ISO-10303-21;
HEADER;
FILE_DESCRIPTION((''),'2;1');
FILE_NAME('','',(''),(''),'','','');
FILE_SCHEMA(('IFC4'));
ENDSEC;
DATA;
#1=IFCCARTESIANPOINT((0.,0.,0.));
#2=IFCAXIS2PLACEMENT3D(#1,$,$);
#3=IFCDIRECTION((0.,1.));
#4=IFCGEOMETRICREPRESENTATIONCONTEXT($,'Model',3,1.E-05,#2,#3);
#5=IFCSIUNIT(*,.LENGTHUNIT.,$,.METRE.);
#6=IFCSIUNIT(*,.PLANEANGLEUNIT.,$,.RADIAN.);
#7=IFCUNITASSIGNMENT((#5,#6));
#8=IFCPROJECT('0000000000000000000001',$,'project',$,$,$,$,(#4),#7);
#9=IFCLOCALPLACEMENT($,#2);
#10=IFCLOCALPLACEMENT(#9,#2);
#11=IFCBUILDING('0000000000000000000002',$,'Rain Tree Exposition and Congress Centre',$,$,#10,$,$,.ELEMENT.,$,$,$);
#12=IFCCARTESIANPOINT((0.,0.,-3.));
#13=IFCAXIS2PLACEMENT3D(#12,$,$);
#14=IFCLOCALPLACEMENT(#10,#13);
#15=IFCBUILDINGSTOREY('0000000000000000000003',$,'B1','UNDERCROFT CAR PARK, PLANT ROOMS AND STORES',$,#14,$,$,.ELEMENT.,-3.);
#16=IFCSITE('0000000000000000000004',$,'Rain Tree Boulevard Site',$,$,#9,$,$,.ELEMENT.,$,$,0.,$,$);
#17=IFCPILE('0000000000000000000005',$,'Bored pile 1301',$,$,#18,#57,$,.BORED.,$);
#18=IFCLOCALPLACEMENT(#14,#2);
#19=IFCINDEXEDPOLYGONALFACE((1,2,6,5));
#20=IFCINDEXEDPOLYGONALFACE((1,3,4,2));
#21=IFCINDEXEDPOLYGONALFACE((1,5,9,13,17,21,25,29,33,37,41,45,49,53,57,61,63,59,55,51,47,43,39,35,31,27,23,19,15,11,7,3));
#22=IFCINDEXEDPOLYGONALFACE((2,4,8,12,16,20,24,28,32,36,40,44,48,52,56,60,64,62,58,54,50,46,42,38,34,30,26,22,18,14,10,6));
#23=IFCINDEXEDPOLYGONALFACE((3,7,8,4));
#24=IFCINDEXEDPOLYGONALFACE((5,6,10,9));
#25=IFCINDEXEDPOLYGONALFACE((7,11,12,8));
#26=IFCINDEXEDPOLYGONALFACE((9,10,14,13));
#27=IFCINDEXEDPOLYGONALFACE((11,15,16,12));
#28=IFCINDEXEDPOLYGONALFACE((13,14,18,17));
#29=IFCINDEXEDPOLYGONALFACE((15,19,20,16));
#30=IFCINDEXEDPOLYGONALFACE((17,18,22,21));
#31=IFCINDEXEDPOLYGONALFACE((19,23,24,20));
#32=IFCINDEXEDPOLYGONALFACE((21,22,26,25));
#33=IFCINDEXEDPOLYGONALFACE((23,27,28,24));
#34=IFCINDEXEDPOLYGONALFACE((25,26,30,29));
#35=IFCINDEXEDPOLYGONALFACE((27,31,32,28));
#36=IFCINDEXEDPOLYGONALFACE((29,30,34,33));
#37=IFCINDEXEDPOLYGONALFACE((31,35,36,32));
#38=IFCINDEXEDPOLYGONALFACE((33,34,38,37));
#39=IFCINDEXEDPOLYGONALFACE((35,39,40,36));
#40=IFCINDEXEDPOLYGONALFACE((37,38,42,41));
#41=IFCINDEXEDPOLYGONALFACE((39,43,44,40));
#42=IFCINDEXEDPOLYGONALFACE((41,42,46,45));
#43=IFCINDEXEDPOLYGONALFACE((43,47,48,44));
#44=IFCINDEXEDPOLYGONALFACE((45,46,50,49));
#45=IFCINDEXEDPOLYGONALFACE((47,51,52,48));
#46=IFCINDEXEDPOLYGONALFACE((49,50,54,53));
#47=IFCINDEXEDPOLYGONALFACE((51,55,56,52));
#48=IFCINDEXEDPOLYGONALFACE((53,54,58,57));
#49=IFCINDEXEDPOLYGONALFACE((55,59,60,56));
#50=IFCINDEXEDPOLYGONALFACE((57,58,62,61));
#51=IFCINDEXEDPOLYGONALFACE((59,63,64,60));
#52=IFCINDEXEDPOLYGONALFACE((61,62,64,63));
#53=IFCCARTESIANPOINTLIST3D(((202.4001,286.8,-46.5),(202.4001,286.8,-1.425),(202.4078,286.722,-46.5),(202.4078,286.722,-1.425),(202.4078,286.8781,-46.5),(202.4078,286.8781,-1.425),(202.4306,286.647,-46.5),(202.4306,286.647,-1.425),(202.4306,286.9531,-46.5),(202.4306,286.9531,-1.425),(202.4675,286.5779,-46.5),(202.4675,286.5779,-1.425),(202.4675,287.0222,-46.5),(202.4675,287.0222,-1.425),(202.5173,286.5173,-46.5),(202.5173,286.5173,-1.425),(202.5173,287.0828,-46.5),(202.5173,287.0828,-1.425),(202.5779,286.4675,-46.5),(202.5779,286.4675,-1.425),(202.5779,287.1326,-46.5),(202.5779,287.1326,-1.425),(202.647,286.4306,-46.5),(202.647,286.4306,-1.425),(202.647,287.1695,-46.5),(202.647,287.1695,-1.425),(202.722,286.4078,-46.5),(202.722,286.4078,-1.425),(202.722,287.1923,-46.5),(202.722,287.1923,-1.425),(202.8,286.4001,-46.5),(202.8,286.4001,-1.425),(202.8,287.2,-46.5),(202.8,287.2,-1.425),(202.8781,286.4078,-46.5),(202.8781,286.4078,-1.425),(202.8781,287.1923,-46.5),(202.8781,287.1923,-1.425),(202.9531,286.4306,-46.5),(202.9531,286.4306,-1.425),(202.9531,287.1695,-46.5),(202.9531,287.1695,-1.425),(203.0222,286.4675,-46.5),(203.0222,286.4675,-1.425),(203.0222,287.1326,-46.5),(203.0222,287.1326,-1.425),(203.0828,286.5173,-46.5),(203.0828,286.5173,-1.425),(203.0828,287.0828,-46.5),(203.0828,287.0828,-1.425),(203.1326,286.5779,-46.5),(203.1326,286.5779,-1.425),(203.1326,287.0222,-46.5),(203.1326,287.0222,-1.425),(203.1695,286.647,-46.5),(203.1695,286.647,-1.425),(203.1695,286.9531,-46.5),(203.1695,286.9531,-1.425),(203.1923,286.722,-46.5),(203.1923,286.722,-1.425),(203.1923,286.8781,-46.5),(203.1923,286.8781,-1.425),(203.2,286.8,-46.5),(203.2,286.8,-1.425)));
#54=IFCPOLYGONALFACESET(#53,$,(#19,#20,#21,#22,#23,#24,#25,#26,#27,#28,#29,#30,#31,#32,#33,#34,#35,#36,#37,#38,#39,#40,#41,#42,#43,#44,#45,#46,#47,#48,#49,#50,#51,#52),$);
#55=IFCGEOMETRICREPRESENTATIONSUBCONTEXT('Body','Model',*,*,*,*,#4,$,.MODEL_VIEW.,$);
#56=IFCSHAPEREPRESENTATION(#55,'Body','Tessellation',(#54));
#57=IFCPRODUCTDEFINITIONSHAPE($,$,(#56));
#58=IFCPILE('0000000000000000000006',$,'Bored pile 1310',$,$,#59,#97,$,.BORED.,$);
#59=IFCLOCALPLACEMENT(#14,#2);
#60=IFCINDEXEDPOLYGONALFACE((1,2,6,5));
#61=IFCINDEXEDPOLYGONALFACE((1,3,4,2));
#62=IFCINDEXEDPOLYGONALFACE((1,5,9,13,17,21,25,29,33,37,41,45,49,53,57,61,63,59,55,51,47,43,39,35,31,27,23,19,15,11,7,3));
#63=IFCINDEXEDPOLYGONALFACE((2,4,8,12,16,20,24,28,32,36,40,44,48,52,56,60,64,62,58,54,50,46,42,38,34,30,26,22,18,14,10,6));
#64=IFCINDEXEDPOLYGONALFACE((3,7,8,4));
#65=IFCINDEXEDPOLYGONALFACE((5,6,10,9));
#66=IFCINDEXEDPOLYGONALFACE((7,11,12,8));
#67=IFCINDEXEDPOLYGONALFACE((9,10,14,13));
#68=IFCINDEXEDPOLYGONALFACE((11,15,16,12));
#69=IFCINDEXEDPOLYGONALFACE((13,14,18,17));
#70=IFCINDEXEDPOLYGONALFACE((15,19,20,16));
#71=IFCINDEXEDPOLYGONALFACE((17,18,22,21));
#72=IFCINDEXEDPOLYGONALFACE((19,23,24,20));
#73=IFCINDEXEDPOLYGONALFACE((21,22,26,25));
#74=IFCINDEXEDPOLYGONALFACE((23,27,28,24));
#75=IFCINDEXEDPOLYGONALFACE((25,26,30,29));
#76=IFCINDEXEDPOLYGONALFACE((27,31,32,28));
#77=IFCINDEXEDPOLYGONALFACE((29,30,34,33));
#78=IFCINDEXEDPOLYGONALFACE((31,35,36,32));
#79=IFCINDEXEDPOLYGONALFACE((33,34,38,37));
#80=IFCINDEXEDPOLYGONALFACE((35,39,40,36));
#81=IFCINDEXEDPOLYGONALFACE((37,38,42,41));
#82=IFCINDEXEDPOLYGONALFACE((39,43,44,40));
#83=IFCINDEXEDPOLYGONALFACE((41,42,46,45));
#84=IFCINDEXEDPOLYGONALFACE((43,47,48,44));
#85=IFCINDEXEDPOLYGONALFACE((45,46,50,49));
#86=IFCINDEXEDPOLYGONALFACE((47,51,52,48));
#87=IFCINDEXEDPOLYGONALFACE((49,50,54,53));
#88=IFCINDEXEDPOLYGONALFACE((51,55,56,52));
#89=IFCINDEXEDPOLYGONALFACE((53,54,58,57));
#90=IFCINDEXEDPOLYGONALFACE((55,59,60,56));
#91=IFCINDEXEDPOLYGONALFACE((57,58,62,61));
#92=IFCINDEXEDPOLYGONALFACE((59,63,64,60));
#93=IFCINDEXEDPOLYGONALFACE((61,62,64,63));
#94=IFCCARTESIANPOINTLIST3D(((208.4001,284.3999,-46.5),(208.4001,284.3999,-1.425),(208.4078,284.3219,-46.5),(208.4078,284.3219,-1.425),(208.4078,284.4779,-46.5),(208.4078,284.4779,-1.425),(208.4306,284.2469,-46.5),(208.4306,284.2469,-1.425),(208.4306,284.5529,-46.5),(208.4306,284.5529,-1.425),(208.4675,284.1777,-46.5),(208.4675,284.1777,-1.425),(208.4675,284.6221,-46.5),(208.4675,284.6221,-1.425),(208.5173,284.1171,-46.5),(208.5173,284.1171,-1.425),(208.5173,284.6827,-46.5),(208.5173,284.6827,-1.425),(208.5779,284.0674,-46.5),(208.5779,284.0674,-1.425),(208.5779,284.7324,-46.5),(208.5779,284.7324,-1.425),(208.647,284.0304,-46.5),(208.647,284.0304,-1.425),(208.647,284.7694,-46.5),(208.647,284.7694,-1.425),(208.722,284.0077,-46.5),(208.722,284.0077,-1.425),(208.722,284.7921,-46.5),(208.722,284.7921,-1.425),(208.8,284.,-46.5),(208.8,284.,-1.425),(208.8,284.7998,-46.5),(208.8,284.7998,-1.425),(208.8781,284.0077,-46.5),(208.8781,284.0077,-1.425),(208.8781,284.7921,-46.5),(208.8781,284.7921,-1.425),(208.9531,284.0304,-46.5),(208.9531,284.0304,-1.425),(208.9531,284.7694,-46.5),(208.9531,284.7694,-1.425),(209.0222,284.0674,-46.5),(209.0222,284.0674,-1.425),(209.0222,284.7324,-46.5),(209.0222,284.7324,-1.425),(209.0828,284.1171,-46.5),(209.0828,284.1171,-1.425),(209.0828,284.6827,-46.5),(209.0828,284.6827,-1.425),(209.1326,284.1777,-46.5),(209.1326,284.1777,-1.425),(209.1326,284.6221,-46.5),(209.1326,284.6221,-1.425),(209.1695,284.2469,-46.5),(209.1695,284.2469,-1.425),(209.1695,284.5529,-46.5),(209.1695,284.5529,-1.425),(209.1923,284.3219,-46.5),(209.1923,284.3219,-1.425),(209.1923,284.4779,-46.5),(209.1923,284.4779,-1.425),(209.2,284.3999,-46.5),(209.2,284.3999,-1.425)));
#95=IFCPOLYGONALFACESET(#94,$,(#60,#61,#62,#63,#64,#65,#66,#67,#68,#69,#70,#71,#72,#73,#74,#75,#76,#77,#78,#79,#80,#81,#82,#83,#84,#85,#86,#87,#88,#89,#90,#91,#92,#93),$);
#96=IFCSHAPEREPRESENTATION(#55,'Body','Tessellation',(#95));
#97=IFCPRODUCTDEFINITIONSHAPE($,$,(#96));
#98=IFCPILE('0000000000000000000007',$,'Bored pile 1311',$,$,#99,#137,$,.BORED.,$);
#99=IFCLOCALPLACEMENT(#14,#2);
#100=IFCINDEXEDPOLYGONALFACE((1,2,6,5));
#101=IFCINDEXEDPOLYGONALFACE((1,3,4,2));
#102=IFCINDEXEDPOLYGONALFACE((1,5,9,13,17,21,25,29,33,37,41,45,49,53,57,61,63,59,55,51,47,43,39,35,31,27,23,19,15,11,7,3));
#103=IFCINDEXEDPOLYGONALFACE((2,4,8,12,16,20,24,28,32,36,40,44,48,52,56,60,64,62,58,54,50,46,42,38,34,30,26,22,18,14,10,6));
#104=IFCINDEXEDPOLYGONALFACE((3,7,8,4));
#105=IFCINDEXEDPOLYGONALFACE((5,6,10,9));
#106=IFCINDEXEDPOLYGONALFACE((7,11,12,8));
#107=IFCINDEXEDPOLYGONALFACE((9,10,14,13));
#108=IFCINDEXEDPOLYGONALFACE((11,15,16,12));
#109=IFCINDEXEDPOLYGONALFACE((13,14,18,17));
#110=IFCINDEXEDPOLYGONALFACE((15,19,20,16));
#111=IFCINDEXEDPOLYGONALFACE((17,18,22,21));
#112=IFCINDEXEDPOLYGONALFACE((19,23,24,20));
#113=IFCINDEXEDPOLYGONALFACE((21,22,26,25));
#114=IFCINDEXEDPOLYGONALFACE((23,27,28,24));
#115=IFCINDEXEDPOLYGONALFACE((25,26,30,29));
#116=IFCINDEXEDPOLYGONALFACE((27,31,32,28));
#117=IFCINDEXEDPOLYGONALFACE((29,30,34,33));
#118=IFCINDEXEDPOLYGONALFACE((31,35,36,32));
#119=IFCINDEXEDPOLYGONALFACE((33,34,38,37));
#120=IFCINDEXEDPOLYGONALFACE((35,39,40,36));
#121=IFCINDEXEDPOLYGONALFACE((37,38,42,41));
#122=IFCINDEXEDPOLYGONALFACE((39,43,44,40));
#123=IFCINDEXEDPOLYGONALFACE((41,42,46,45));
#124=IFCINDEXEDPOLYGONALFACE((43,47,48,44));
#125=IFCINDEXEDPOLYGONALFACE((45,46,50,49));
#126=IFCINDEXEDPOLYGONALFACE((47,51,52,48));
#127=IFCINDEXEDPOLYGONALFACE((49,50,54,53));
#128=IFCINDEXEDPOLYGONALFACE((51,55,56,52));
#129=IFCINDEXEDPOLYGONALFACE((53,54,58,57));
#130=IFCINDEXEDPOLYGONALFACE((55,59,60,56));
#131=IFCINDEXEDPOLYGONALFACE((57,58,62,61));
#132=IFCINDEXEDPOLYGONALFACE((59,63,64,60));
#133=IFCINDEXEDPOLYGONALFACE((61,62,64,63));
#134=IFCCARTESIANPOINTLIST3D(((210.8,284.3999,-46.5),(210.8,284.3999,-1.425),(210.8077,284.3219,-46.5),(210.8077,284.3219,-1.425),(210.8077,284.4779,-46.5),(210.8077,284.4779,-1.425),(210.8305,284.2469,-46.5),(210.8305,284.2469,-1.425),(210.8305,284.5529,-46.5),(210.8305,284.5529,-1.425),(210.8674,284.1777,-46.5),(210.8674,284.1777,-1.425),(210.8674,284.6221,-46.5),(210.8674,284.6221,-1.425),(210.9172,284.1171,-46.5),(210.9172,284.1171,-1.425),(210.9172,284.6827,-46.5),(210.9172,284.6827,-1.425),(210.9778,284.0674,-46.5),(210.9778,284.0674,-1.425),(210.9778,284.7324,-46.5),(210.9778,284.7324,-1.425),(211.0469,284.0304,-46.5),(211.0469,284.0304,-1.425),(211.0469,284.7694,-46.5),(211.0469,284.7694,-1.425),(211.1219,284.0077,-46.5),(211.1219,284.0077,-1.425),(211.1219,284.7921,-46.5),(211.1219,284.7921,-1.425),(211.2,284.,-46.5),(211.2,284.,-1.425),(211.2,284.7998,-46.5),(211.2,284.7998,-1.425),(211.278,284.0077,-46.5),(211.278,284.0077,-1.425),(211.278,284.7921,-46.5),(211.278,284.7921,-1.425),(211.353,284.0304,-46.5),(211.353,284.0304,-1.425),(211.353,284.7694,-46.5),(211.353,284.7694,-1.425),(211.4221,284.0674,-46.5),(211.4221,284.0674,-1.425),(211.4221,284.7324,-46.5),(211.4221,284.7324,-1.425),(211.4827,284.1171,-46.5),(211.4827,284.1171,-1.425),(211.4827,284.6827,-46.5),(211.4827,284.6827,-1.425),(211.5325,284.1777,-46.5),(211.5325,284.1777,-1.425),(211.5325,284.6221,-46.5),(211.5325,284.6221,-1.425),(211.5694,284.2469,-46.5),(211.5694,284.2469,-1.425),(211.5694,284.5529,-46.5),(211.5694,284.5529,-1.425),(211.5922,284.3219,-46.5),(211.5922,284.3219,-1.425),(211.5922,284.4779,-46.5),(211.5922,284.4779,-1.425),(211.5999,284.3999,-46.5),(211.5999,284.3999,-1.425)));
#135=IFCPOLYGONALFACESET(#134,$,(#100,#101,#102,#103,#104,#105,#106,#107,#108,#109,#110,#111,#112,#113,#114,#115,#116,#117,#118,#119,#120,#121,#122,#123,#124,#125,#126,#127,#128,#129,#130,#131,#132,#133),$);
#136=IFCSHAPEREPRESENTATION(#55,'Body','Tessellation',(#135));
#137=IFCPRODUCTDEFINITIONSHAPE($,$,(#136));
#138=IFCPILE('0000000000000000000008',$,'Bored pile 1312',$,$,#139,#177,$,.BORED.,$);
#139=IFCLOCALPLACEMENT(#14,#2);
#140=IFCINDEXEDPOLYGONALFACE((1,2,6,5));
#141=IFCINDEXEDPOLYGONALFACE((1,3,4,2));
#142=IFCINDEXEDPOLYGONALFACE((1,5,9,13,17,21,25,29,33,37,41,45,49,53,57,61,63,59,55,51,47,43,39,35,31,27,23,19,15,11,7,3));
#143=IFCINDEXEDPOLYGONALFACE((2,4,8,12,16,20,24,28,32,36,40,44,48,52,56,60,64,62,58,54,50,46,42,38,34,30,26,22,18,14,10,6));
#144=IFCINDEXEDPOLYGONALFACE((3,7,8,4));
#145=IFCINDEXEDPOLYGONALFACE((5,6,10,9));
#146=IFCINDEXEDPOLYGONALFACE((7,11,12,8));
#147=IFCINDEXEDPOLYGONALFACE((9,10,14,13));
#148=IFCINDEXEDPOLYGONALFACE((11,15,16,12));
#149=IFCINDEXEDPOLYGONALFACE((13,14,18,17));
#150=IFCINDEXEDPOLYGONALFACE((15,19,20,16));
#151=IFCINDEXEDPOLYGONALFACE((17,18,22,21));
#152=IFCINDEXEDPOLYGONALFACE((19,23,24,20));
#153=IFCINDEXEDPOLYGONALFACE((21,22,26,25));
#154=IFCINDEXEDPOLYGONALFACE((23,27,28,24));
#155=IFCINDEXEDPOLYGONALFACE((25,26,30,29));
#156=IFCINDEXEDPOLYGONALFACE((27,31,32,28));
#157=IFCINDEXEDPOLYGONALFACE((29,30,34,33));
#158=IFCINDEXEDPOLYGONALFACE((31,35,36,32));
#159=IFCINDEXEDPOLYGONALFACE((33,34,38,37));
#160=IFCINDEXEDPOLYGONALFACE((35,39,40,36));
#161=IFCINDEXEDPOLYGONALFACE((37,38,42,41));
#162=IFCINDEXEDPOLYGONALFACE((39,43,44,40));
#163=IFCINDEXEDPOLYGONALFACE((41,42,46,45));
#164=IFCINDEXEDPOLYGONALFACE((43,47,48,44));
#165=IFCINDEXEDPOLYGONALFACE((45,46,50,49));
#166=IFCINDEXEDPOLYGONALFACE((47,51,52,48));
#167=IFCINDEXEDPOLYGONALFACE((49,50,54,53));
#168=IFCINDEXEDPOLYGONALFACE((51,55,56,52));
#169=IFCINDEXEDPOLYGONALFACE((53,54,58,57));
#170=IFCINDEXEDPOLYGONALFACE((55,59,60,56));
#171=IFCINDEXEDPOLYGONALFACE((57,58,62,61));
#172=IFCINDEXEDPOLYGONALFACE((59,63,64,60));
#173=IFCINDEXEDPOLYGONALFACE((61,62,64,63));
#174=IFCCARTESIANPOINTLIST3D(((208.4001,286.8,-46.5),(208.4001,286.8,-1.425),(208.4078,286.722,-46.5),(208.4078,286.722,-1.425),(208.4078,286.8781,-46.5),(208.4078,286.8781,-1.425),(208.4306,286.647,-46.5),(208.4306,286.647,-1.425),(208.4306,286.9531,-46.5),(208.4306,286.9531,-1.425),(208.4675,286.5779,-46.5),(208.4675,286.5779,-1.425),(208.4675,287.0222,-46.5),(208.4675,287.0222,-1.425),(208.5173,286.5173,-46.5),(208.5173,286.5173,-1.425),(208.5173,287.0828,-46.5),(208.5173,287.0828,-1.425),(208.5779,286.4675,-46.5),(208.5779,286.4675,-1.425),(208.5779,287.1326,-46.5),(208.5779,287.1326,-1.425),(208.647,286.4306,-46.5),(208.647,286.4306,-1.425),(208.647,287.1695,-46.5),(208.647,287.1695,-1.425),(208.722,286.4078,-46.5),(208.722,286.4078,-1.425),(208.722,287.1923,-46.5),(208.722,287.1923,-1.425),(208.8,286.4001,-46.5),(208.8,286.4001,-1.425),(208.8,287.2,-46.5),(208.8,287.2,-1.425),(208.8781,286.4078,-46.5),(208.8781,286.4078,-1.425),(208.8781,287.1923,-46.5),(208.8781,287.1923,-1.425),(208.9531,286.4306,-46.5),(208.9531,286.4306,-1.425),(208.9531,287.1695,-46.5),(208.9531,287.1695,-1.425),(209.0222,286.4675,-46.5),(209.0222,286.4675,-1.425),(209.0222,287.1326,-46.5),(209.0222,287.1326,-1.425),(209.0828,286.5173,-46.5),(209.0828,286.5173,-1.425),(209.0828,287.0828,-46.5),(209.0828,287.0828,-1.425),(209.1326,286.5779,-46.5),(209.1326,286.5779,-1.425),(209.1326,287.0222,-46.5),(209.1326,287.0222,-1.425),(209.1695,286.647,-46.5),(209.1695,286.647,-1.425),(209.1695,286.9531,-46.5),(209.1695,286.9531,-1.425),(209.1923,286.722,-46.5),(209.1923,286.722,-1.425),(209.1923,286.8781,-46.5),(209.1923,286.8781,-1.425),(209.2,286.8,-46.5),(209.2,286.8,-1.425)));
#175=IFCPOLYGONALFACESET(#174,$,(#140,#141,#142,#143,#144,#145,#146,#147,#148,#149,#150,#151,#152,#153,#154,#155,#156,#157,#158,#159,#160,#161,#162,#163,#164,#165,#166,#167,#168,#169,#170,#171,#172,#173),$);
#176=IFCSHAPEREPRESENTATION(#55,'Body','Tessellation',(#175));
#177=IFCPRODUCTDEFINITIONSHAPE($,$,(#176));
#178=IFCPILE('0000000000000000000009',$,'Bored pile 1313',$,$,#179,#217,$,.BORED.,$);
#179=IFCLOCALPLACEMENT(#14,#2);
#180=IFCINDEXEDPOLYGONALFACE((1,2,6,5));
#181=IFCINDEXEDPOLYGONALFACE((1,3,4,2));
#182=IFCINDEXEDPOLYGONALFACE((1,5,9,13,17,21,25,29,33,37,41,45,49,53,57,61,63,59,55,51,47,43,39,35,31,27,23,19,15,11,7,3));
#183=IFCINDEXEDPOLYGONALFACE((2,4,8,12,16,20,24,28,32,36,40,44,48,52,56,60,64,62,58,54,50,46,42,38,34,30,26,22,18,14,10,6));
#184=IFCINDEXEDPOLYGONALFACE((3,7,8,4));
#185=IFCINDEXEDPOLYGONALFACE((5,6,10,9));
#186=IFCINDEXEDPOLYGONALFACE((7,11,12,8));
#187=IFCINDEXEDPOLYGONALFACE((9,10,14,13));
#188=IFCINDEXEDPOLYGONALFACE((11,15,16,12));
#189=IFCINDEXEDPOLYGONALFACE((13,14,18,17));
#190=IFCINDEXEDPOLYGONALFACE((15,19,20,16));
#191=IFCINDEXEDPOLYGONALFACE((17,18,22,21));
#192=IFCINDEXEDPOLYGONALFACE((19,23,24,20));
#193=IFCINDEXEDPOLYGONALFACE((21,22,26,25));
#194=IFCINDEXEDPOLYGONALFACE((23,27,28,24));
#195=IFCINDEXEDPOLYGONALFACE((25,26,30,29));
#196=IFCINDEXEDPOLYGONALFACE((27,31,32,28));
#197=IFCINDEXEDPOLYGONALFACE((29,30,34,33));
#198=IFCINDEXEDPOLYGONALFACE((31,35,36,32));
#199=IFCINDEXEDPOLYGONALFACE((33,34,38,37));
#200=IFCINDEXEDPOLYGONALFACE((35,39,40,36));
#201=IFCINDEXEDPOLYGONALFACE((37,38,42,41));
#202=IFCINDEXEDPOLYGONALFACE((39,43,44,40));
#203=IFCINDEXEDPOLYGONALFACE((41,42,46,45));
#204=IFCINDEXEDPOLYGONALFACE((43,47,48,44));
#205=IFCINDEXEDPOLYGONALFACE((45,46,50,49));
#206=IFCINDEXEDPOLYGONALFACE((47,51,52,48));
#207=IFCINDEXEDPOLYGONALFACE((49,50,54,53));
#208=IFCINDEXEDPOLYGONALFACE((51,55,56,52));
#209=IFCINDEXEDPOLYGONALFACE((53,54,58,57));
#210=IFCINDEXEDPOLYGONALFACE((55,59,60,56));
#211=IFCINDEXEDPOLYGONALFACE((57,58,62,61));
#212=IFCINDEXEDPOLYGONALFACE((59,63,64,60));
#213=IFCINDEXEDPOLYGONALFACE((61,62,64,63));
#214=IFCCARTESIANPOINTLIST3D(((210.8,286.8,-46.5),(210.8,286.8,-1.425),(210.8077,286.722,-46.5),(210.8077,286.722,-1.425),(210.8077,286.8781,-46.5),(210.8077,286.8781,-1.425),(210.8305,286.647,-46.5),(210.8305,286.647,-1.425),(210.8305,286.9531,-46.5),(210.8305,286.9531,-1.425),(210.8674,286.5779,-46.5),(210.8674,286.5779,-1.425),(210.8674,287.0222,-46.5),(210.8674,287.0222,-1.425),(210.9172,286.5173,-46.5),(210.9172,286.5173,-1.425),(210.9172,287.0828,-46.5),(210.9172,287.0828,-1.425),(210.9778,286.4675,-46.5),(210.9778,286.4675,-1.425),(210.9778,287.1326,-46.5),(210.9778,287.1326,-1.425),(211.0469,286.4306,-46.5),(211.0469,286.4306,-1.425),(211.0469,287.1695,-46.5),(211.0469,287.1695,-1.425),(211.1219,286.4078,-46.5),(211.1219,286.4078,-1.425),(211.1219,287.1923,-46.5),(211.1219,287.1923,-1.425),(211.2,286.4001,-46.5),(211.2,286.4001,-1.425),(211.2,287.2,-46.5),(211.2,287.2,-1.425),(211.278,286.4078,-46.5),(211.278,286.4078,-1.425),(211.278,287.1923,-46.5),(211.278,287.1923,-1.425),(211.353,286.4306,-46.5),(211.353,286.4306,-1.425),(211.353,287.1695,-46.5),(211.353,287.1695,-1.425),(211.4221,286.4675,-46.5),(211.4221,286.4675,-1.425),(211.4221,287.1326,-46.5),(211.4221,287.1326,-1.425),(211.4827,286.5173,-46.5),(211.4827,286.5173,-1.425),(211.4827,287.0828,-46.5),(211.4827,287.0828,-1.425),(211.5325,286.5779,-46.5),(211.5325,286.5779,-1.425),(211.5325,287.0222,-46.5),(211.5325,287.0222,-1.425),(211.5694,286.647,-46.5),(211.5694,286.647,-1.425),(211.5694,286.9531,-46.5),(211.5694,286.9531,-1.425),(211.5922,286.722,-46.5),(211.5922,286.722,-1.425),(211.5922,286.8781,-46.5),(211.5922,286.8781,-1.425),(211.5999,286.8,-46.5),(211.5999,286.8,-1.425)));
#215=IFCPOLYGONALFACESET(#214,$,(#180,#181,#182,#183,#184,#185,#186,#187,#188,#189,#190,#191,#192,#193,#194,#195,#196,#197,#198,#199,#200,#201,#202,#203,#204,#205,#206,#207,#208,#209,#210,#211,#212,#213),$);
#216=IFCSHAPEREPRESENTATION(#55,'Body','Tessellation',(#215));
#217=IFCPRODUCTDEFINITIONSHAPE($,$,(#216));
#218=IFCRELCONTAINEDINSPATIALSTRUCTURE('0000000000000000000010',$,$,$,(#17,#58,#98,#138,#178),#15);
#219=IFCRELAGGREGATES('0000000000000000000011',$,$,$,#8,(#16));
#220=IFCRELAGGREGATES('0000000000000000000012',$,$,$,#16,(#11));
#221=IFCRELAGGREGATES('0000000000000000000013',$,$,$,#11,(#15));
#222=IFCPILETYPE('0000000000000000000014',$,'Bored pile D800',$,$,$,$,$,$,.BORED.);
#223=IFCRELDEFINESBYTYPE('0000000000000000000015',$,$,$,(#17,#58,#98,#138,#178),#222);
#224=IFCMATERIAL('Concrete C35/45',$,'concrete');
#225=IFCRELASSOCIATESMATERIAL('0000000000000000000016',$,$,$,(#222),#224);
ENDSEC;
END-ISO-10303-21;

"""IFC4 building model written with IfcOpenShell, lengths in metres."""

from ifc_helpers import new_model, si_unit, direction, frame, origin, origin_2d, place, context, subcontext, project, spatial, circle, extrude, material, material_profile, profile_set, type_object, element, save


model = new_model("IFC4")

# Units and contexts
model_context = context("Model", 3, precision=1e-05, world=origin(), true_north=direction((0.0, 1.0)))
body_context = subcontext(model_context, "Body", "Model", "MODEL_VIEW")
ifc_project = project(units=[si_unit("LENGTHUNIT", "METRE"), si_unit("PLANEANGLEUNIT", "RADIAN")], contexts=[model_context])

# Site, building, storey
site_placement = place(None, origin())
site = spatial("IfcSite", under=ifc_project, at=site_placement, Name="Rain Tree Boulevard Site", CompositionType="ELEMENT", RefElevation=0.0)
building_placement = place(site_placement, origin())
building = spatial("IfcBuilding", under=site, at=building_placement, Name="Rain Tree Exposition and Congress Centre", CompositionType="ELEMENT")
storey_placement = place(building_placement, frame((0.0, 0.0, -3.0)))
storey = spatial("IfcBuildingStorey", under=building, at=storey_placement, Name="B1", Description="UNDERCROFT CAR PARK, PLANT ROOMS AND STORES", CompositionType="ELEMENT", Elevation=-3.0)

# Piles
ifc_material_1 = material(Name="Concrete C35/45", Category="concrete")
ifc_material_profile_1 = material_profile(ifc_material_1, circle(Radius=0.3999, at=origin_2d()), Name="D800")
ifc_profile_set_1 = profile_set([ifc_material_profile_1], Name="Concrete C35/45")
pile_type_1 = type_object("IfcPileType", Name="Bored pile D800", PredefinedType="BORED", material=ifc_profile_set_1)
for number, where, z_axis, x_axis, name in (
    (1, (202.8, 286.8, -1.425), (0.0, 0.0, -1.0), (1.0, 0.0, 0.0), "Bored pile 1301"),
    (2, (208.8, 284.3999, -1.425), (0.0, 0.0, -1.0), (1.0, 0.0, 0.0), "Bored pile 1310"),
    (3, (211.2, 284.3999, -1.425), (0.0, 0.0, -1.0), (1.0, 0.0, 0.0), "Bored pile 1311"),
    (4, (208.8, 286.8, -1.425), (0.0, 0.0, -1.0), (1.0, 0.0, 0.0), "Bored pile 1312"),
    (5, (211.2, 286.8, -1.425), (0.0, 0.0, -1.0), (1.0, 0.0, 0.0), "Bored pile 1313"),
):
    element("IfcPile", number, at=place(storey_placement, frame(where, z_axis=z_axis, x_axis=x_axis)), inside=storey, type_object=pile_type_1, Name=name, PredefinedType="BORED", context=body_context, shape_type="SweptSolid", body=[
        extrude(circle(Radius=0.3999, at=origin_2d()), origin(), (0.0, 0.0, 1.0), 45.075),
    ])

save(model, "model.ifc")
